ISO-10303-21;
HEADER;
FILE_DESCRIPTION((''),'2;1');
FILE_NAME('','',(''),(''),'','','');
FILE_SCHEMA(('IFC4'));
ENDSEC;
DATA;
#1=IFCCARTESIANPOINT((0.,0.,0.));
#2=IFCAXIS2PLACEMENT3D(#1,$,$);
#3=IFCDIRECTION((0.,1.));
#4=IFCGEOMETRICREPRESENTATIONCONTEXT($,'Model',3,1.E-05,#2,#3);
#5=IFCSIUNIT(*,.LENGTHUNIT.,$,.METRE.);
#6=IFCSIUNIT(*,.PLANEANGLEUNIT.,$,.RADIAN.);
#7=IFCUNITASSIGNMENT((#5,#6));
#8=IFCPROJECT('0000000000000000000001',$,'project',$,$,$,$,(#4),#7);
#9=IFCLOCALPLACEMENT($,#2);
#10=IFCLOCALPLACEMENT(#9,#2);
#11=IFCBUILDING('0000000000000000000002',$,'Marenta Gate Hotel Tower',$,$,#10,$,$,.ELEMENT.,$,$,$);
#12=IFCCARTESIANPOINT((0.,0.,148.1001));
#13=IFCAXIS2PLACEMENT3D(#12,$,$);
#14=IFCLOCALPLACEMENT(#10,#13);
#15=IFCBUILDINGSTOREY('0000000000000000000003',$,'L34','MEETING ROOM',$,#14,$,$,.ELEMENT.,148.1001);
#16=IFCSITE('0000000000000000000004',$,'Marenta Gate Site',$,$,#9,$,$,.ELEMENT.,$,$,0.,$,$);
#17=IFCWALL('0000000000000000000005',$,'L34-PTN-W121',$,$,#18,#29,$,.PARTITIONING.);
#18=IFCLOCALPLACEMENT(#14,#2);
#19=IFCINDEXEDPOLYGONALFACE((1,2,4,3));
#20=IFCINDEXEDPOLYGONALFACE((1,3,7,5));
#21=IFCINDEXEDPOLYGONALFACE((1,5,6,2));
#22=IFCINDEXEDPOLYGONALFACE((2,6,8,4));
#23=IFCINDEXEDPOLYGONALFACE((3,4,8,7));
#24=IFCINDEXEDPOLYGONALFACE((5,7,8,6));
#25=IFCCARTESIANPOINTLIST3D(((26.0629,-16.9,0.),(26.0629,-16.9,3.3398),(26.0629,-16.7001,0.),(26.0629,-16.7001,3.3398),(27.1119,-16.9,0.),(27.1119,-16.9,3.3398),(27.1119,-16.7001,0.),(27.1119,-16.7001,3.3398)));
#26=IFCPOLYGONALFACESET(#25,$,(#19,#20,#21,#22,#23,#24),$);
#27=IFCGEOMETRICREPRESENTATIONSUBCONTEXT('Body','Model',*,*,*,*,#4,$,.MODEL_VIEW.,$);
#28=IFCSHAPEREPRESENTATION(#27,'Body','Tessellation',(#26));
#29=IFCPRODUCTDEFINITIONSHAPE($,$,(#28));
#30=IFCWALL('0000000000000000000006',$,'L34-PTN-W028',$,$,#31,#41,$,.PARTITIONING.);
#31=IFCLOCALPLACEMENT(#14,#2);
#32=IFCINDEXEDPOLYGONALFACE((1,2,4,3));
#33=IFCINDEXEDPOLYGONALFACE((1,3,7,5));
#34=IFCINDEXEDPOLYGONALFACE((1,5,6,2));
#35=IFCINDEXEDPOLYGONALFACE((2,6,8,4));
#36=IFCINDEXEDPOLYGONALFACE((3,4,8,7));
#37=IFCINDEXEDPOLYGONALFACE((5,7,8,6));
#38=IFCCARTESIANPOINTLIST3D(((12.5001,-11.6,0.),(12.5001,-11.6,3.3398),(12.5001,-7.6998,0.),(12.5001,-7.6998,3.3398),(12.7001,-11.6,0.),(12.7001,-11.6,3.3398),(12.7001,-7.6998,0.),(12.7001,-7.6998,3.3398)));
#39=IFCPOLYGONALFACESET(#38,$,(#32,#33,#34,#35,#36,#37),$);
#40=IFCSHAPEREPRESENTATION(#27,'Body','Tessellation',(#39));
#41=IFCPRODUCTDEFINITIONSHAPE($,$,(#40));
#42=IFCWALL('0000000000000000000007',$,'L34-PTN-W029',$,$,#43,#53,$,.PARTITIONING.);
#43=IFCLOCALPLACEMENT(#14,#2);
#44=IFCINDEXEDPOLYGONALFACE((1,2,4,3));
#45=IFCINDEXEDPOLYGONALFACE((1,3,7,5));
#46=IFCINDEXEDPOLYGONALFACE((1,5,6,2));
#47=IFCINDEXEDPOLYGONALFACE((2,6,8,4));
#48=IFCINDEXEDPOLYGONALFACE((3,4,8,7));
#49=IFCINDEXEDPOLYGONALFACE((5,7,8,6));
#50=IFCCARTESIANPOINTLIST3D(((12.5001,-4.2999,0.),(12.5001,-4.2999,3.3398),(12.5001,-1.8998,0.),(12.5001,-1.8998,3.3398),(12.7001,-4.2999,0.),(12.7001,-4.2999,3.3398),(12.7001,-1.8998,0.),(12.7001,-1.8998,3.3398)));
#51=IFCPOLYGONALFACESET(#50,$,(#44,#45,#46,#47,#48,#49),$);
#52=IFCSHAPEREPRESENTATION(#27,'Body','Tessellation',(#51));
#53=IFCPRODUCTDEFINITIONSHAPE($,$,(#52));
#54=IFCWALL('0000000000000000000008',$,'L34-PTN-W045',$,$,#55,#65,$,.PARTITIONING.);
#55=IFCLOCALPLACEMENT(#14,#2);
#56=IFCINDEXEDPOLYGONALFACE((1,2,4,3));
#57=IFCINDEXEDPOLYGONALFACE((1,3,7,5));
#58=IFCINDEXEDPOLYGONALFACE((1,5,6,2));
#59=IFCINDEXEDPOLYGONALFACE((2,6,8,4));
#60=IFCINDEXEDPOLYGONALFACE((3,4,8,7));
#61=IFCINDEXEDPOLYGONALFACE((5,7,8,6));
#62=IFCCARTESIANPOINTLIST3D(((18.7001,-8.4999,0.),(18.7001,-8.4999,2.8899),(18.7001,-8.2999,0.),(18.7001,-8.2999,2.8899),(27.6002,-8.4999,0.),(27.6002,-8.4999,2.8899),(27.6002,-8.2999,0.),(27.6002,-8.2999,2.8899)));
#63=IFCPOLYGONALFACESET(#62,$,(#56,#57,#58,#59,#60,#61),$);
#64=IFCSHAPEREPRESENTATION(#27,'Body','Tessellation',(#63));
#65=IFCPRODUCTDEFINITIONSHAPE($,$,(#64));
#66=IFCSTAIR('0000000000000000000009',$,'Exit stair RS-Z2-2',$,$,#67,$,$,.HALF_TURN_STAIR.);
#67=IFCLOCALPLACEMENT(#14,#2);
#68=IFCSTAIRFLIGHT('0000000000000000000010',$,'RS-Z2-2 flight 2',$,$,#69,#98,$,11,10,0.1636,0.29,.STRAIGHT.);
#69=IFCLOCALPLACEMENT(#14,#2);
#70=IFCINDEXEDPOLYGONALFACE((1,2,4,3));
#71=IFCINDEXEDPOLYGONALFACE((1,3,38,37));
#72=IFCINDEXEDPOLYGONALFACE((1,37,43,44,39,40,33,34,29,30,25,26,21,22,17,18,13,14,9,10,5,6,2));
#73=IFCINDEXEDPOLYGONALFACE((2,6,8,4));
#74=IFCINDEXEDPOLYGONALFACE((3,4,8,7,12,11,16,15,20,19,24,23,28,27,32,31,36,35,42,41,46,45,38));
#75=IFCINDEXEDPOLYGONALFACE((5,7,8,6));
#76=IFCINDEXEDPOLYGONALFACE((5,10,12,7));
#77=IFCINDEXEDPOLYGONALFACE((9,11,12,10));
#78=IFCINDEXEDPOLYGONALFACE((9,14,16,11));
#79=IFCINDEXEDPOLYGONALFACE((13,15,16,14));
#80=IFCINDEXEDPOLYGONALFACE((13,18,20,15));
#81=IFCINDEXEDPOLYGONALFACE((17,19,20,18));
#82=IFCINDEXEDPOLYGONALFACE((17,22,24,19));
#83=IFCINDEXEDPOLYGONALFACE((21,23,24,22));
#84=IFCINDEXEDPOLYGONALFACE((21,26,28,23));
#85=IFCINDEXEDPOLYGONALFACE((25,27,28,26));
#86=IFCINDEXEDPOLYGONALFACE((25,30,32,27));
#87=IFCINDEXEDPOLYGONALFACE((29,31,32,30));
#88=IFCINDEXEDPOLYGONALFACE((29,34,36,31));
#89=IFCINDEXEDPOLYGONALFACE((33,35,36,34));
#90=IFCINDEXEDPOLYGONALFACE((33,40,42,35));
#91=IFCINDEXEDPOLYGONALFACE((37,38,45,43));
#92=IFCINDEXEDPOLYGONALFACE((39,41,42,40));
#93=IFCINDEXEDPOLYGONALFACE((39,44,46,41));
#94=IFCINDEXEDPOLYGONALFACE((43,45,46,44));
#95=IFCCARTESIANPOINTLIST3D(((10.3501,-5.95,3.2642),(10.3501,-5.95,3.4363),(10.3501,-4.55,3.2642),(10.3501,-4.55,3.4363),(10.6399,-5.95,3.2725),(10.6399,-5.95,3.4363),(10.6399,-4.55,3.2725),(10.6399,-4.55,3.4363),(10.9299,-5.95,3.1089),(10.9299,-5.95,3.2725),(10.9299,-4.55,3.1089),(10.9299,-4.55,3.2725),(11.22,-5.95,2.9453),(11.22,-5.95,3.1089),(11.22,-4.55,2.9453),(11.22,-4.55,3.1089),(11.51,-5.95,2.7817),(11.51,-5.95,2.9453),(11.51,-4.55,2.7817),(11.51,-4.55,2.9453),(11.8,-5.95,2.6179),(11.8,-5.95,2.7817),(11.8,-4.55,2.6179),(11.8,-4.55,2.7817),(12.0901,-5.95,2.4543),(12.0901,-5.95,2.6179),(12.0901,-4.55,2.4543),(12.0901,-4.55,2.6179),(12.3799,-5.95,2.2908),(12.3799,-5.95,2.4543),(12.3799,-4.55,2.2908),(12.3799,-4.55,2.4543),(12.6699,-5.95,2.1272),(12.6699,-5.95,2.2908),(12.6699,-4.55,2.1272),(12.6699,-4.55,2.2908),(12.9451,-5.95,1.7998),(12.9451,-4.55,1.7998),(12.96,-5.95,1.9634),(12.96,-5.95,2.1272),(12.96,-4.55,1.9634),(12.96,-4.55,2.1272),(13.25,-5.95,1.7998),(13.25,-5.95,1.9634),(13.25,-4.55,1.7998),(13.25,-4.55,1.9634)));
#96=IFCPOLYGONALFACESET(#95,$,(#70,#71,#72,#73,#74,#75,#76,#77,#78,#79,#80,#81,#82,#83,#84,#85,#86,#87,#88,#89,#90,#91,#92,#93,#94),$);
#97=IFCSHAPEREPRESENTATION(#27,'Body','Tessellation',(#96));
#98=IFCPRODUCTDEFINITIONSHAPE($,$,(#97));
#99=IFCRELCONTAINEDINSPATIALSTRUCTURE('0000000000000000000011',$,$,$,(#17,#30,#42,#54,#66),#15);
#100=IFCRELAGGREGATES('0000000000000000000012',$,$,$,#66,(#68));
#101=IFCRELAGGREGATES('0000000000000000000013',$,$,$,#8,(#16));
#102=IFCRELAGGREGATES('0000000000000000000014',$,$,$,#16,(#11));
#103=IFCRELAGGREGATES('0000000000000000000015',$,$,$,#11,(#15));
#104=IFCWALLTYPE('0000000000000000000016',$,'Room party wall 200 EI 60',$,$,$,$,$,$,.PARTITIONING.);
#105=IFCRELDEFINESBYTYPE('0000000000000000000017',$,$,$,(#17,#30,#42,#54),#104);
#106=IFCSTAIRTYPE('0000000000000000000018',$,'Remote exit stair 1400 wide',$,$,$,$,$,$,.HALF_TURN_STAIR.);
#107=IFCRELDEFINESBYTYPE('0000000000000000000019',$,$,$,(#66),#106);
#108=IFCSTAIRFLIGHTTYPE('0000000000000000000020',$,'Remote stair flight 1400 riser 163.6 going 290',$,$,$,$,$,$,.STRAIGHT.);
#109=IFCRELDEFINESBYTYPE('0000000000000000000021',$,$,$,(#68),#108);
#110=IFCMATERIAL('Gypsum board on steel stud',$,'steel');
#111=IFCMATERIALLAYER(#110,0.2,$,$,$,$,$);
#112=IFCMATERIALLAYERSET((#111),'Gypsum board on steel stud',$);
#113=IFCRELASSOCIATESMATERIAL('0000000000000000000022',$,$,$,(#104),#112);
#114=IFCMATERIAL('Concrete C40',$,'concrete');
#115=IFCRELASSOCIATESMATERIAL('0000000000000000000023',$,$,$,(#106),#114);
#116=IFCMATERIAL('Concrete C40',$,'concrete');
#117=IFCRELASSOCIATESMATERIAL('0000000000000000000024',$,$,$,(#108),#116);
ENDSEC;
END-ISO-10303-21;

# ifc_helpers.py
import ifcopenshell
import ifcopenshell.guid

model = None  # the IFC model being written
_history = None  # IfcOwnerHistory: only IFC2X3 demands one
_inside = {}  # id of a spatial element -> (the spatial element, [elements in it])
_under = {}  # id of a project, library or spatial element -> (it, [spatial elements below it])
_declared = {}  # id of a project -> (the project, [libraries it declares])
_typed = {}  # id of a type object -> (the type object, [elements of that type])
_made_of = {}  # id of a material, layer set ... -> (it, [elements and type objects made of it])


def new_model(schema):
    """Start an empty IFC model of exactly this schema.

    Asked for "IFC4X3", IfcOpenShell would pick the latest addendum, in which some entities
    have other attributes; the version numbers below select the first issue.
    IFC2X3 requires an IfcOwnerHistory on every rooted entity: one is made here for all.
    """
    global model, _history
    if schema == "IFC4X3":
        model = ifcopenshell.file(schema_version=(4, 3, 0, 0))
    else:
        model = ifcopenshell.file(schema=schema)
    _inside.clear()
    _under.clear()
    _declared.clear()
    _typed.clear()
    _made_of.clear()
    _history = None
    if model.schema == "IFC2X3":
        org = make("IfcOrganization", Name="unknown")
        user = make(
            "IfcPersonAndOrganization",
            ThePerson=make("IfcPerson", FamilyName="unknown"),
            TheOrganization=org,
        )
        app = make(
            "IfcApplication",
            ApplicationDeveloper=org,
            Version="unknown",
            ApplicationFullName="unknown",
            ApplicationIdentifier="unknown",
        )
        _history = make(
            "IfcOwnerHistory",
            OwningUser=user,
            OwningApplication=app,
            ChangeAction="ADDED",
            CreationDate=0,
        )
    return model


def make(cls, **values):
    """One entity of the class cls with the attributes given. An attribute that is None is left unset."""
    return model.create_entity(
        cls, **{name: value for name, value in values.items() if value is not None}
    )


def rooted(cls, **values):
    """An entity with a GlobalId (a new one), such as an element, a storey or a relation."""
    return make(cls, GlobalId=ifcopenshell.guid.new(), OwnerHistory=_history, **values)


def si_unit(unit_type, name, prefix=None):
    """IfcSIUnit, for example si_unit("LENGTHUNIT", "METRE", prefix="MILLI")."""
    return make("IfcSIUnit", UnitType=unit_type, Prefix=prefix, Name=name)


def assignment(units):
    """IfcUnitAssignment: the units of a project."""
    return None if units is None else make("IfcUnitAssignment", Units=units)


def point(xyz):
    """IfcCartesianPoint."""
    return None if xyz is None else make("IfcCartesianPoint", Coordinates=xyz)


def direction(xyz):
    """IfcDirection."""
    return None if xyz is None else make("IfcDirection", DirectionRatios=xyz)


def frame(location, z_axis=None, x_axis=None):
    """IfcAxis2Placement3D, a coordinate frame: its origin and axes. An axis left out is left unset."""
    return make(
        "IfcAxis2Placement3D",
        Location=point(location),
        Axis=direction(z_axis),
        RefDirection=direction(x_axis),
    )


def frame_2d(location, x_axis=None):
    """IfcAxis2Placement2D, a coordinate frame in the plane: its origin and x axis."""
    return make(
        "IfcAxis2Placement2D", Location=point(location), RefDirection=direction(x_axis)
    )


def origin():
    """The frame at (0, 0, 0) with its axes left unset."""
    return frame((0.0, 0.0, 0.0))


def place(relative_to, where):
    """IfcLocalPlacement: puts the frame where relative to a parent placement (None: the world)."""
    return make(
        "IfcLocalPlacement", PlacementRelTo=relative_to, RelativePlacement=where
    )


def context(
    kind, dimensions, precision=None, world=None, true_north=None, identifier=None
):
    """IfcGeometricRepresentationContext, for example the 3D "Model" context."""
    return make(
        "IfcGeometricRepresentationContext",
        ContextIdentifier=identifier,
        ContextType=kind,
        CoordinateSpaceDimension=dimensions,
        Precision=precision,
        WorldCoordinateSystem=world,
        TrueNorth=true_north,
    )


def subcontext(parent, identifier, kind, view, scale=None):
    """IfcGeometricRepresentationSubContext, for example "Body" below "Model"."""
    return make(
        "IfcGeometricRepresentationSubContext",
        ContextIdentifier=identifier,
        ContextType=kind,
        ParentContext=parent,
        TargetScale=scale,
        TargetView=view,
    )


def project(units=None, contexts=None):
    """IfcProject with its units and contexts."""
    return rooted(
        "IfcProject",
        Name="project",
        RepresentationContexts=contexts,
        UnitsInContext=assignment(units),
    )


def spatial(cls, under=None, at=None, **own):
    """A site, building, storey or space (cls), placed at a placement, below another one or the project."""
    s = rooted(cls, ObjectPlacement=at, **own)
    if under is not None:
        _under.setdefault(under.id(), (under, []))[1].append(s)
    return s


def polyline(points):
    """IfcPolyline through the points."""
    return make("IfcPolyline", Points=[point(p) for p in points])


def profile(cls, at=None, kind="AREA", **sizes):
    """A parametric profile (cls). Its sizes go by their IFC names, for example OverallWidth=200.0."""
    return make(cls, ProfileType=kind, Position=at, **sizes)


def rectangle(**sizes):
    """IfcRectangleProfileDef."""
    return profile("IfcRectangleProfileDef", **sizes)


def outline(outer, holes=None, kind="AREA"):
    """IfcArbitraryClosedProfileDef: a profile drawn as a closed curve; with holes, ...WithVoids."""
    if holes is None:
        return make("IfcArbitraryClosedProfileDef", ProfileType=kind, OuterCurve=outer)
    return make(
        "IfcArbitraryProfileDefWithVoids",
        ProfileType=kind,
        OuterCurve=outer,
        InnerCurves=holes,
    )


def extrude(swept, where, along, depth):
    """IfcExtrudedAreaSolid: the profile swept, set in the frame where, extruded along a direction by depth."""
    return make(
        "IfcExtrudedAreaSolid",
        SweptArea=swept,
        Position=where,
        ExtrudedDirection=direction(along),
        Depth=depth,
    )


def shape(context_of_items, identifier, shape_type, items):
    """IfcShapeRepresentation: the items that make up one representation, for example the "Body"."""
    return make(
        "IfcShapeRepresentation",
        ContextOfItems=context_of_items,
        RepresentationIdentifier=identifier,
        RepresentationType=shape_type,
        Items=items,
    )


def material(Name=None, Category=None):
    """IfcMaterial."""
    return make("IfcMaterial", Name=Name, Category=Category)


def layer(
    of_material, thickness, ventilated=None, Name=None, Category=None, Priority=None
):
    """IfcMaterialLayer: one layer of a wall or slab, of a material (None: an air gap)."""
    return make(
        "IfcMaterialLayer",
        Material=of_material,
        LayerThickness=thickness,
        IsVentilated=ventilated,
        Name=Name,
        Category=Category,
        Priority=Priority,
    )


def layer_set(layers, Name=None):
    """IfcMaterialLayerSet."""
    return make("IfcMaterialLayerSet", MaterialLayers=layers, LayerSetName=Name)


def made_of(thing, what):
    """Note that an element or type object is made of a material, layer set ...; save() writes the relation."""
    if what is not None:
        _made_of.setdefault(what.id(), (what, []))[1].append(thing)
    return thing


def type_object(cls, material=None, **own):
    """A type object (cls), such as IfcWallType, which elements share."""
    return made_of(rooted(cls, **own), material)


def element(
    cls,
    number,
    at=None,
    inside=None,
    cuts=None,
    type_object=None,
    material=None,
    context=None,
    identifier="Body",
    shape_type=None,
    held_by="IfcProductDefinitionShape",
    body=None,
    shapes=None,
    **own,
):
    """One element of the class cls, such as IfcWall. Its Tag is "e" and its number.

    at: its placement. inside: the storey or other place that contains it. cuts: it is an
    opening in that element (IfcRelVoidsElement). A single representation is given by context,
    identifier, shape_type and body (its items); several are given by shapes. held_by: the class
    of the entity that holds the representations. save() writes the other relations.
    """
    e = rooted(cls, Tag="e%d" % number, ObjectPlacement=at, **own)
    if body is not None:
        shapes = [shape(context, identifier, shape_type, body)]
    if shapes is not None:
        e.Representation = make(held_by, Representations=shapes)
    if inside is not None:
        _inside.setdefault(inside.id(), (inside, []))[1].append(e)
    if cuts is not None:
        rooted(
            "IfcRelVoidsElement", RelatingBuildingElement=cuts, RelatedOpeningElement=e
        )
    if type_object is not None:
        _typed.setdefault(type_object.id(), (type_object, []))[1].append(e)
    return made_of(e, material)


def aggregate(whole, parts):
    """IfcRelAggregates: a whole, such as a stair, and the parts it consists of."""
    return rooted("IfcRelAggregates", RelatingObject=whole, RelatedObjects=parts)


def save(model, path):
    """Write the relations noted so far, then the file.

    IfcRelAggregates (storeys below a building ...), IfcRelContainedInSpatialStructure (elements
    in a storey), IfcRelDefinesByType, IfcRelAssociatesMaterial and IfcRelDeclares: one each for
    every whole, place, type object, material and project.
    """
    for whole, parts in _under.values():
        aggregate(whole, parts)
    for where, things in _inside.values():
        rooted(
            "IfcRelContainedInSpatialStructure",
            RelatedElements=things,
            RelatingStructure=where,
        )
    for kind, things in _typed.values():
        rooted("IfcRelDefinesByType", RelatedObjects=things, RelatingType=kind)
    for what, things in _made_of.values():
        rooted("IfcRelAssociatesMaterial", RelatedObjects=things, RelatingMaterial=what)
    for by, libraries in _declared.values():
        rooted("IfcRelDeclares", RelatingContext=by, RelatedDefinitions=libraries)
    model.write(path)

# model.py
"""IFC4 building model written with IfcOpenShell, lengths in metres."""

from ifc_helpers import new_model, si_unit, direction, frame, frame_2d, origin, place, context, subcontext, project, spatial, polyline, rectangle, outline, extrude, material, layer, layer_set, type_object, element, aggregate, save


model = new_model("IFC4")

# Units and contexts
model_context = context("Model", 3, precision=1e-05, world=origin(), true_north=direction((0.0, 1.0)))
body_context = subcontext(model_context, "Body", "Model", "MODEL_VIEW")
ifc_project = project(units=[si_unit("LENGTHUNIT", "METRE"), si_unit("PLANEANGLEUNIT", "RADIAN")], contexts=[model_context])

# Site, building, storey
site_placement = place(None, origin())
site = spatial("IfcSite", under=ifc_project, at=site_placement, Name="Marenta Gate Site", CompositionType="ELEMENT", RefElevation=0.0)
building_placement = place(site_placement, origin())
building = spatial("IfcBuilding", under=site, at=building_placement, Name="Marenta Gate Hotel Tower", CompositionType="ELEMENT")
storey_placement = place(building_placement, frame((0.0, 0.0, 148.1001)))
storey = spatial("IfcBuildingStorey", under=building, at=storey_placement, Name="L34", Description="MEETING ROOM", CompositionType="ELEMENT", Elevation=148.1001)

# Walls
ifc_material_1 = material(Name="Gypsum board on steel stud", Category="steel")
ifc_layer_1 = layer(ifc_material_1, 0.2)
ifc_layer_set_1 = layer_set([ifc_layer_1], Name="Gypsum board on steel stud")
wall_type_1 = type_object("IfcWallType", Name="Room party wall 200 EI 60", PredefinedType="PARTITIONING", material=ifc_layer_set_1)
wall_1_placement = place(storey_placement, frame((26.063, -16.8, 0.0), z_axis=(0.0, 0.0, 1.0), x_axis=(1.0, 0.0, 0.0)))
element("IfcWall", 1, at=wall_1_placement, inside=storey, type_object=wall_type_1, Name="L34-PTN-W121", PredefinedType="PARTITIONING", context=body_context, shape_type="SweptSolid", body=[
    extrude(rectangle(XDim=1.0491, YDim=0.2, at=frame_2d((0.5244, 0.0))), origin(), (0.0, 0.0, 1.0), 3.3398),
])
wall_2_placement = place(storey_placement, frame((12.6001, -11.6001, 0.0), z_axis=(0.0, 0.0, 1.0), x_axis=(0.0, 1.0, 0.0)))
element("IfcWall", 2, at=wall_2_placement, inside=storey, type_object=wall_type_1, Name="L34-PTN-W028", PredefinedType="PARTITIONING", context=body_context, shape_type="SweptSolid", body=[
    extrude(rectangle(XDim=3.9001, YDim=0.2, at=frame_2d((1.9502, 0.0))), origin(), (0.0, 0.0, 1.0), 3.3398),
])
wall_3_placement = place(storey_placement, frame((12.6001, -4.3, 0.0), z_axis=(0.0, 0.0, 1.0), x_axis=(0.0, 1.0, 0.0)))
element("IfcWall", 3, at=wall_3_placement, inside=storey, type_object=wall_type_1, Name="L34-PTN-W029", PredefinedType="PARTITIONING", context=body_context, shape_type="SweptSolid", body=[
    extrude(rectangle(XDim=2.4001, YDim=0.2, at=frame_2d((1.2002, 0.0))), origin(), (0.0, 0.0, 1.0), 3.3398),
])
wall_4_placement = place(storey_placement, frame((18.7, -8.3999, 0.0), z_axis=(0.0, 0.0, 1.0), x_axis=(1.0, 0.0, 0.0)))
element("IfcWall", 4, at=wall_4_placement, inside=storey, type_object=wall_type_1, Name="L34-PTN-W045", PredefinedType="PARTITIONING", context=body_context, shape_type="SweptSolid", body=[
    extrude(rectangle(XDim=8.9001, YDim=0.2, at=frame_2d((4.4502, 0.0))), origin(), (0.0, 0.0, 1.0), 2.8899),
])

# Stair, stair flight
ifc_material_2 = material(Name="Concrete C40", Category="concrete")
stair_type = type_object("IfcStairType", Name="Remote exit stair 1400 wide", PredefinedType="HALF_TURN_STAIR", material=ifc_material_2)
stair_placement = place(storey_placement, origin())
stair = element("IfcStair", 5, at=stair_placement, inside=storey, type_object=stair_type, Name="Exit stair RS-Z2-2", PredefinedType="HALF_TURN_STAIR")
ifc_material_3 = material(Name="Concrete C40", Category="concrete")
stair_flight_type = type_object("IfcStairFlightType", Name="Remote stair flight 1400 riser 163.6 going 290", PredefinedType="STRAIGHT", material=ifc_material_3)
stair_flight_placement = place(storey_placement, frame((13.25, -5.25, 1.7998), z_axis=(0.0, 0.0, 1.0), x_axis=(-1.0, 0.0, 0.0)))
stair_flight = element("IfcStairFlight", 6, at=stair_flight_placement, type_object=stair_flight_type, Name="RS-Z2-2 flight 2", NumberOfRisers=11, NumberOfTreads=10, PredefinedType="STRAIGHT", RiserHeight=0.1636, TreadLength=0.29, context=body_context, shape_type="SweptSolid", body=[
    extrude(outline(polyline([(0.0, 0.0), (0.0, 0.1636), (0.29, 0.1636), (0.29, 0.3274), (0.5801, 0.3274), (0.5801, 0.491), (0.8701, 0.491), (0.8701, 0.6545), (1.1599, 0.6545), (1.1599, 0.8181), (1.45, 0.8181), (1.45, 0.9819), (1.74, 0.9819), (1.74, 1.1455), (2.03, 1.1455), (2.03, 1.3091), (2.3201, 1.3091), (2.3201, 1.4727), (2.6101, 1.4727), (2.6101, 1.6365), (2.8999, 1.6365), (2.8999, 1.8), (2.8999, 1.4644), (0.3049, 0.0), (0.0, 0.0)])), frame((0.0, 0.7, 0.0), z_axis=(0.0, -1.0, 0.0), x_axis=(1.0, 0.0, 0.0)), (0.0, 0.0, 1.0), 1.3999),
])
aggregate(stair, [stair_flight])

save(model, "model.ifc")
